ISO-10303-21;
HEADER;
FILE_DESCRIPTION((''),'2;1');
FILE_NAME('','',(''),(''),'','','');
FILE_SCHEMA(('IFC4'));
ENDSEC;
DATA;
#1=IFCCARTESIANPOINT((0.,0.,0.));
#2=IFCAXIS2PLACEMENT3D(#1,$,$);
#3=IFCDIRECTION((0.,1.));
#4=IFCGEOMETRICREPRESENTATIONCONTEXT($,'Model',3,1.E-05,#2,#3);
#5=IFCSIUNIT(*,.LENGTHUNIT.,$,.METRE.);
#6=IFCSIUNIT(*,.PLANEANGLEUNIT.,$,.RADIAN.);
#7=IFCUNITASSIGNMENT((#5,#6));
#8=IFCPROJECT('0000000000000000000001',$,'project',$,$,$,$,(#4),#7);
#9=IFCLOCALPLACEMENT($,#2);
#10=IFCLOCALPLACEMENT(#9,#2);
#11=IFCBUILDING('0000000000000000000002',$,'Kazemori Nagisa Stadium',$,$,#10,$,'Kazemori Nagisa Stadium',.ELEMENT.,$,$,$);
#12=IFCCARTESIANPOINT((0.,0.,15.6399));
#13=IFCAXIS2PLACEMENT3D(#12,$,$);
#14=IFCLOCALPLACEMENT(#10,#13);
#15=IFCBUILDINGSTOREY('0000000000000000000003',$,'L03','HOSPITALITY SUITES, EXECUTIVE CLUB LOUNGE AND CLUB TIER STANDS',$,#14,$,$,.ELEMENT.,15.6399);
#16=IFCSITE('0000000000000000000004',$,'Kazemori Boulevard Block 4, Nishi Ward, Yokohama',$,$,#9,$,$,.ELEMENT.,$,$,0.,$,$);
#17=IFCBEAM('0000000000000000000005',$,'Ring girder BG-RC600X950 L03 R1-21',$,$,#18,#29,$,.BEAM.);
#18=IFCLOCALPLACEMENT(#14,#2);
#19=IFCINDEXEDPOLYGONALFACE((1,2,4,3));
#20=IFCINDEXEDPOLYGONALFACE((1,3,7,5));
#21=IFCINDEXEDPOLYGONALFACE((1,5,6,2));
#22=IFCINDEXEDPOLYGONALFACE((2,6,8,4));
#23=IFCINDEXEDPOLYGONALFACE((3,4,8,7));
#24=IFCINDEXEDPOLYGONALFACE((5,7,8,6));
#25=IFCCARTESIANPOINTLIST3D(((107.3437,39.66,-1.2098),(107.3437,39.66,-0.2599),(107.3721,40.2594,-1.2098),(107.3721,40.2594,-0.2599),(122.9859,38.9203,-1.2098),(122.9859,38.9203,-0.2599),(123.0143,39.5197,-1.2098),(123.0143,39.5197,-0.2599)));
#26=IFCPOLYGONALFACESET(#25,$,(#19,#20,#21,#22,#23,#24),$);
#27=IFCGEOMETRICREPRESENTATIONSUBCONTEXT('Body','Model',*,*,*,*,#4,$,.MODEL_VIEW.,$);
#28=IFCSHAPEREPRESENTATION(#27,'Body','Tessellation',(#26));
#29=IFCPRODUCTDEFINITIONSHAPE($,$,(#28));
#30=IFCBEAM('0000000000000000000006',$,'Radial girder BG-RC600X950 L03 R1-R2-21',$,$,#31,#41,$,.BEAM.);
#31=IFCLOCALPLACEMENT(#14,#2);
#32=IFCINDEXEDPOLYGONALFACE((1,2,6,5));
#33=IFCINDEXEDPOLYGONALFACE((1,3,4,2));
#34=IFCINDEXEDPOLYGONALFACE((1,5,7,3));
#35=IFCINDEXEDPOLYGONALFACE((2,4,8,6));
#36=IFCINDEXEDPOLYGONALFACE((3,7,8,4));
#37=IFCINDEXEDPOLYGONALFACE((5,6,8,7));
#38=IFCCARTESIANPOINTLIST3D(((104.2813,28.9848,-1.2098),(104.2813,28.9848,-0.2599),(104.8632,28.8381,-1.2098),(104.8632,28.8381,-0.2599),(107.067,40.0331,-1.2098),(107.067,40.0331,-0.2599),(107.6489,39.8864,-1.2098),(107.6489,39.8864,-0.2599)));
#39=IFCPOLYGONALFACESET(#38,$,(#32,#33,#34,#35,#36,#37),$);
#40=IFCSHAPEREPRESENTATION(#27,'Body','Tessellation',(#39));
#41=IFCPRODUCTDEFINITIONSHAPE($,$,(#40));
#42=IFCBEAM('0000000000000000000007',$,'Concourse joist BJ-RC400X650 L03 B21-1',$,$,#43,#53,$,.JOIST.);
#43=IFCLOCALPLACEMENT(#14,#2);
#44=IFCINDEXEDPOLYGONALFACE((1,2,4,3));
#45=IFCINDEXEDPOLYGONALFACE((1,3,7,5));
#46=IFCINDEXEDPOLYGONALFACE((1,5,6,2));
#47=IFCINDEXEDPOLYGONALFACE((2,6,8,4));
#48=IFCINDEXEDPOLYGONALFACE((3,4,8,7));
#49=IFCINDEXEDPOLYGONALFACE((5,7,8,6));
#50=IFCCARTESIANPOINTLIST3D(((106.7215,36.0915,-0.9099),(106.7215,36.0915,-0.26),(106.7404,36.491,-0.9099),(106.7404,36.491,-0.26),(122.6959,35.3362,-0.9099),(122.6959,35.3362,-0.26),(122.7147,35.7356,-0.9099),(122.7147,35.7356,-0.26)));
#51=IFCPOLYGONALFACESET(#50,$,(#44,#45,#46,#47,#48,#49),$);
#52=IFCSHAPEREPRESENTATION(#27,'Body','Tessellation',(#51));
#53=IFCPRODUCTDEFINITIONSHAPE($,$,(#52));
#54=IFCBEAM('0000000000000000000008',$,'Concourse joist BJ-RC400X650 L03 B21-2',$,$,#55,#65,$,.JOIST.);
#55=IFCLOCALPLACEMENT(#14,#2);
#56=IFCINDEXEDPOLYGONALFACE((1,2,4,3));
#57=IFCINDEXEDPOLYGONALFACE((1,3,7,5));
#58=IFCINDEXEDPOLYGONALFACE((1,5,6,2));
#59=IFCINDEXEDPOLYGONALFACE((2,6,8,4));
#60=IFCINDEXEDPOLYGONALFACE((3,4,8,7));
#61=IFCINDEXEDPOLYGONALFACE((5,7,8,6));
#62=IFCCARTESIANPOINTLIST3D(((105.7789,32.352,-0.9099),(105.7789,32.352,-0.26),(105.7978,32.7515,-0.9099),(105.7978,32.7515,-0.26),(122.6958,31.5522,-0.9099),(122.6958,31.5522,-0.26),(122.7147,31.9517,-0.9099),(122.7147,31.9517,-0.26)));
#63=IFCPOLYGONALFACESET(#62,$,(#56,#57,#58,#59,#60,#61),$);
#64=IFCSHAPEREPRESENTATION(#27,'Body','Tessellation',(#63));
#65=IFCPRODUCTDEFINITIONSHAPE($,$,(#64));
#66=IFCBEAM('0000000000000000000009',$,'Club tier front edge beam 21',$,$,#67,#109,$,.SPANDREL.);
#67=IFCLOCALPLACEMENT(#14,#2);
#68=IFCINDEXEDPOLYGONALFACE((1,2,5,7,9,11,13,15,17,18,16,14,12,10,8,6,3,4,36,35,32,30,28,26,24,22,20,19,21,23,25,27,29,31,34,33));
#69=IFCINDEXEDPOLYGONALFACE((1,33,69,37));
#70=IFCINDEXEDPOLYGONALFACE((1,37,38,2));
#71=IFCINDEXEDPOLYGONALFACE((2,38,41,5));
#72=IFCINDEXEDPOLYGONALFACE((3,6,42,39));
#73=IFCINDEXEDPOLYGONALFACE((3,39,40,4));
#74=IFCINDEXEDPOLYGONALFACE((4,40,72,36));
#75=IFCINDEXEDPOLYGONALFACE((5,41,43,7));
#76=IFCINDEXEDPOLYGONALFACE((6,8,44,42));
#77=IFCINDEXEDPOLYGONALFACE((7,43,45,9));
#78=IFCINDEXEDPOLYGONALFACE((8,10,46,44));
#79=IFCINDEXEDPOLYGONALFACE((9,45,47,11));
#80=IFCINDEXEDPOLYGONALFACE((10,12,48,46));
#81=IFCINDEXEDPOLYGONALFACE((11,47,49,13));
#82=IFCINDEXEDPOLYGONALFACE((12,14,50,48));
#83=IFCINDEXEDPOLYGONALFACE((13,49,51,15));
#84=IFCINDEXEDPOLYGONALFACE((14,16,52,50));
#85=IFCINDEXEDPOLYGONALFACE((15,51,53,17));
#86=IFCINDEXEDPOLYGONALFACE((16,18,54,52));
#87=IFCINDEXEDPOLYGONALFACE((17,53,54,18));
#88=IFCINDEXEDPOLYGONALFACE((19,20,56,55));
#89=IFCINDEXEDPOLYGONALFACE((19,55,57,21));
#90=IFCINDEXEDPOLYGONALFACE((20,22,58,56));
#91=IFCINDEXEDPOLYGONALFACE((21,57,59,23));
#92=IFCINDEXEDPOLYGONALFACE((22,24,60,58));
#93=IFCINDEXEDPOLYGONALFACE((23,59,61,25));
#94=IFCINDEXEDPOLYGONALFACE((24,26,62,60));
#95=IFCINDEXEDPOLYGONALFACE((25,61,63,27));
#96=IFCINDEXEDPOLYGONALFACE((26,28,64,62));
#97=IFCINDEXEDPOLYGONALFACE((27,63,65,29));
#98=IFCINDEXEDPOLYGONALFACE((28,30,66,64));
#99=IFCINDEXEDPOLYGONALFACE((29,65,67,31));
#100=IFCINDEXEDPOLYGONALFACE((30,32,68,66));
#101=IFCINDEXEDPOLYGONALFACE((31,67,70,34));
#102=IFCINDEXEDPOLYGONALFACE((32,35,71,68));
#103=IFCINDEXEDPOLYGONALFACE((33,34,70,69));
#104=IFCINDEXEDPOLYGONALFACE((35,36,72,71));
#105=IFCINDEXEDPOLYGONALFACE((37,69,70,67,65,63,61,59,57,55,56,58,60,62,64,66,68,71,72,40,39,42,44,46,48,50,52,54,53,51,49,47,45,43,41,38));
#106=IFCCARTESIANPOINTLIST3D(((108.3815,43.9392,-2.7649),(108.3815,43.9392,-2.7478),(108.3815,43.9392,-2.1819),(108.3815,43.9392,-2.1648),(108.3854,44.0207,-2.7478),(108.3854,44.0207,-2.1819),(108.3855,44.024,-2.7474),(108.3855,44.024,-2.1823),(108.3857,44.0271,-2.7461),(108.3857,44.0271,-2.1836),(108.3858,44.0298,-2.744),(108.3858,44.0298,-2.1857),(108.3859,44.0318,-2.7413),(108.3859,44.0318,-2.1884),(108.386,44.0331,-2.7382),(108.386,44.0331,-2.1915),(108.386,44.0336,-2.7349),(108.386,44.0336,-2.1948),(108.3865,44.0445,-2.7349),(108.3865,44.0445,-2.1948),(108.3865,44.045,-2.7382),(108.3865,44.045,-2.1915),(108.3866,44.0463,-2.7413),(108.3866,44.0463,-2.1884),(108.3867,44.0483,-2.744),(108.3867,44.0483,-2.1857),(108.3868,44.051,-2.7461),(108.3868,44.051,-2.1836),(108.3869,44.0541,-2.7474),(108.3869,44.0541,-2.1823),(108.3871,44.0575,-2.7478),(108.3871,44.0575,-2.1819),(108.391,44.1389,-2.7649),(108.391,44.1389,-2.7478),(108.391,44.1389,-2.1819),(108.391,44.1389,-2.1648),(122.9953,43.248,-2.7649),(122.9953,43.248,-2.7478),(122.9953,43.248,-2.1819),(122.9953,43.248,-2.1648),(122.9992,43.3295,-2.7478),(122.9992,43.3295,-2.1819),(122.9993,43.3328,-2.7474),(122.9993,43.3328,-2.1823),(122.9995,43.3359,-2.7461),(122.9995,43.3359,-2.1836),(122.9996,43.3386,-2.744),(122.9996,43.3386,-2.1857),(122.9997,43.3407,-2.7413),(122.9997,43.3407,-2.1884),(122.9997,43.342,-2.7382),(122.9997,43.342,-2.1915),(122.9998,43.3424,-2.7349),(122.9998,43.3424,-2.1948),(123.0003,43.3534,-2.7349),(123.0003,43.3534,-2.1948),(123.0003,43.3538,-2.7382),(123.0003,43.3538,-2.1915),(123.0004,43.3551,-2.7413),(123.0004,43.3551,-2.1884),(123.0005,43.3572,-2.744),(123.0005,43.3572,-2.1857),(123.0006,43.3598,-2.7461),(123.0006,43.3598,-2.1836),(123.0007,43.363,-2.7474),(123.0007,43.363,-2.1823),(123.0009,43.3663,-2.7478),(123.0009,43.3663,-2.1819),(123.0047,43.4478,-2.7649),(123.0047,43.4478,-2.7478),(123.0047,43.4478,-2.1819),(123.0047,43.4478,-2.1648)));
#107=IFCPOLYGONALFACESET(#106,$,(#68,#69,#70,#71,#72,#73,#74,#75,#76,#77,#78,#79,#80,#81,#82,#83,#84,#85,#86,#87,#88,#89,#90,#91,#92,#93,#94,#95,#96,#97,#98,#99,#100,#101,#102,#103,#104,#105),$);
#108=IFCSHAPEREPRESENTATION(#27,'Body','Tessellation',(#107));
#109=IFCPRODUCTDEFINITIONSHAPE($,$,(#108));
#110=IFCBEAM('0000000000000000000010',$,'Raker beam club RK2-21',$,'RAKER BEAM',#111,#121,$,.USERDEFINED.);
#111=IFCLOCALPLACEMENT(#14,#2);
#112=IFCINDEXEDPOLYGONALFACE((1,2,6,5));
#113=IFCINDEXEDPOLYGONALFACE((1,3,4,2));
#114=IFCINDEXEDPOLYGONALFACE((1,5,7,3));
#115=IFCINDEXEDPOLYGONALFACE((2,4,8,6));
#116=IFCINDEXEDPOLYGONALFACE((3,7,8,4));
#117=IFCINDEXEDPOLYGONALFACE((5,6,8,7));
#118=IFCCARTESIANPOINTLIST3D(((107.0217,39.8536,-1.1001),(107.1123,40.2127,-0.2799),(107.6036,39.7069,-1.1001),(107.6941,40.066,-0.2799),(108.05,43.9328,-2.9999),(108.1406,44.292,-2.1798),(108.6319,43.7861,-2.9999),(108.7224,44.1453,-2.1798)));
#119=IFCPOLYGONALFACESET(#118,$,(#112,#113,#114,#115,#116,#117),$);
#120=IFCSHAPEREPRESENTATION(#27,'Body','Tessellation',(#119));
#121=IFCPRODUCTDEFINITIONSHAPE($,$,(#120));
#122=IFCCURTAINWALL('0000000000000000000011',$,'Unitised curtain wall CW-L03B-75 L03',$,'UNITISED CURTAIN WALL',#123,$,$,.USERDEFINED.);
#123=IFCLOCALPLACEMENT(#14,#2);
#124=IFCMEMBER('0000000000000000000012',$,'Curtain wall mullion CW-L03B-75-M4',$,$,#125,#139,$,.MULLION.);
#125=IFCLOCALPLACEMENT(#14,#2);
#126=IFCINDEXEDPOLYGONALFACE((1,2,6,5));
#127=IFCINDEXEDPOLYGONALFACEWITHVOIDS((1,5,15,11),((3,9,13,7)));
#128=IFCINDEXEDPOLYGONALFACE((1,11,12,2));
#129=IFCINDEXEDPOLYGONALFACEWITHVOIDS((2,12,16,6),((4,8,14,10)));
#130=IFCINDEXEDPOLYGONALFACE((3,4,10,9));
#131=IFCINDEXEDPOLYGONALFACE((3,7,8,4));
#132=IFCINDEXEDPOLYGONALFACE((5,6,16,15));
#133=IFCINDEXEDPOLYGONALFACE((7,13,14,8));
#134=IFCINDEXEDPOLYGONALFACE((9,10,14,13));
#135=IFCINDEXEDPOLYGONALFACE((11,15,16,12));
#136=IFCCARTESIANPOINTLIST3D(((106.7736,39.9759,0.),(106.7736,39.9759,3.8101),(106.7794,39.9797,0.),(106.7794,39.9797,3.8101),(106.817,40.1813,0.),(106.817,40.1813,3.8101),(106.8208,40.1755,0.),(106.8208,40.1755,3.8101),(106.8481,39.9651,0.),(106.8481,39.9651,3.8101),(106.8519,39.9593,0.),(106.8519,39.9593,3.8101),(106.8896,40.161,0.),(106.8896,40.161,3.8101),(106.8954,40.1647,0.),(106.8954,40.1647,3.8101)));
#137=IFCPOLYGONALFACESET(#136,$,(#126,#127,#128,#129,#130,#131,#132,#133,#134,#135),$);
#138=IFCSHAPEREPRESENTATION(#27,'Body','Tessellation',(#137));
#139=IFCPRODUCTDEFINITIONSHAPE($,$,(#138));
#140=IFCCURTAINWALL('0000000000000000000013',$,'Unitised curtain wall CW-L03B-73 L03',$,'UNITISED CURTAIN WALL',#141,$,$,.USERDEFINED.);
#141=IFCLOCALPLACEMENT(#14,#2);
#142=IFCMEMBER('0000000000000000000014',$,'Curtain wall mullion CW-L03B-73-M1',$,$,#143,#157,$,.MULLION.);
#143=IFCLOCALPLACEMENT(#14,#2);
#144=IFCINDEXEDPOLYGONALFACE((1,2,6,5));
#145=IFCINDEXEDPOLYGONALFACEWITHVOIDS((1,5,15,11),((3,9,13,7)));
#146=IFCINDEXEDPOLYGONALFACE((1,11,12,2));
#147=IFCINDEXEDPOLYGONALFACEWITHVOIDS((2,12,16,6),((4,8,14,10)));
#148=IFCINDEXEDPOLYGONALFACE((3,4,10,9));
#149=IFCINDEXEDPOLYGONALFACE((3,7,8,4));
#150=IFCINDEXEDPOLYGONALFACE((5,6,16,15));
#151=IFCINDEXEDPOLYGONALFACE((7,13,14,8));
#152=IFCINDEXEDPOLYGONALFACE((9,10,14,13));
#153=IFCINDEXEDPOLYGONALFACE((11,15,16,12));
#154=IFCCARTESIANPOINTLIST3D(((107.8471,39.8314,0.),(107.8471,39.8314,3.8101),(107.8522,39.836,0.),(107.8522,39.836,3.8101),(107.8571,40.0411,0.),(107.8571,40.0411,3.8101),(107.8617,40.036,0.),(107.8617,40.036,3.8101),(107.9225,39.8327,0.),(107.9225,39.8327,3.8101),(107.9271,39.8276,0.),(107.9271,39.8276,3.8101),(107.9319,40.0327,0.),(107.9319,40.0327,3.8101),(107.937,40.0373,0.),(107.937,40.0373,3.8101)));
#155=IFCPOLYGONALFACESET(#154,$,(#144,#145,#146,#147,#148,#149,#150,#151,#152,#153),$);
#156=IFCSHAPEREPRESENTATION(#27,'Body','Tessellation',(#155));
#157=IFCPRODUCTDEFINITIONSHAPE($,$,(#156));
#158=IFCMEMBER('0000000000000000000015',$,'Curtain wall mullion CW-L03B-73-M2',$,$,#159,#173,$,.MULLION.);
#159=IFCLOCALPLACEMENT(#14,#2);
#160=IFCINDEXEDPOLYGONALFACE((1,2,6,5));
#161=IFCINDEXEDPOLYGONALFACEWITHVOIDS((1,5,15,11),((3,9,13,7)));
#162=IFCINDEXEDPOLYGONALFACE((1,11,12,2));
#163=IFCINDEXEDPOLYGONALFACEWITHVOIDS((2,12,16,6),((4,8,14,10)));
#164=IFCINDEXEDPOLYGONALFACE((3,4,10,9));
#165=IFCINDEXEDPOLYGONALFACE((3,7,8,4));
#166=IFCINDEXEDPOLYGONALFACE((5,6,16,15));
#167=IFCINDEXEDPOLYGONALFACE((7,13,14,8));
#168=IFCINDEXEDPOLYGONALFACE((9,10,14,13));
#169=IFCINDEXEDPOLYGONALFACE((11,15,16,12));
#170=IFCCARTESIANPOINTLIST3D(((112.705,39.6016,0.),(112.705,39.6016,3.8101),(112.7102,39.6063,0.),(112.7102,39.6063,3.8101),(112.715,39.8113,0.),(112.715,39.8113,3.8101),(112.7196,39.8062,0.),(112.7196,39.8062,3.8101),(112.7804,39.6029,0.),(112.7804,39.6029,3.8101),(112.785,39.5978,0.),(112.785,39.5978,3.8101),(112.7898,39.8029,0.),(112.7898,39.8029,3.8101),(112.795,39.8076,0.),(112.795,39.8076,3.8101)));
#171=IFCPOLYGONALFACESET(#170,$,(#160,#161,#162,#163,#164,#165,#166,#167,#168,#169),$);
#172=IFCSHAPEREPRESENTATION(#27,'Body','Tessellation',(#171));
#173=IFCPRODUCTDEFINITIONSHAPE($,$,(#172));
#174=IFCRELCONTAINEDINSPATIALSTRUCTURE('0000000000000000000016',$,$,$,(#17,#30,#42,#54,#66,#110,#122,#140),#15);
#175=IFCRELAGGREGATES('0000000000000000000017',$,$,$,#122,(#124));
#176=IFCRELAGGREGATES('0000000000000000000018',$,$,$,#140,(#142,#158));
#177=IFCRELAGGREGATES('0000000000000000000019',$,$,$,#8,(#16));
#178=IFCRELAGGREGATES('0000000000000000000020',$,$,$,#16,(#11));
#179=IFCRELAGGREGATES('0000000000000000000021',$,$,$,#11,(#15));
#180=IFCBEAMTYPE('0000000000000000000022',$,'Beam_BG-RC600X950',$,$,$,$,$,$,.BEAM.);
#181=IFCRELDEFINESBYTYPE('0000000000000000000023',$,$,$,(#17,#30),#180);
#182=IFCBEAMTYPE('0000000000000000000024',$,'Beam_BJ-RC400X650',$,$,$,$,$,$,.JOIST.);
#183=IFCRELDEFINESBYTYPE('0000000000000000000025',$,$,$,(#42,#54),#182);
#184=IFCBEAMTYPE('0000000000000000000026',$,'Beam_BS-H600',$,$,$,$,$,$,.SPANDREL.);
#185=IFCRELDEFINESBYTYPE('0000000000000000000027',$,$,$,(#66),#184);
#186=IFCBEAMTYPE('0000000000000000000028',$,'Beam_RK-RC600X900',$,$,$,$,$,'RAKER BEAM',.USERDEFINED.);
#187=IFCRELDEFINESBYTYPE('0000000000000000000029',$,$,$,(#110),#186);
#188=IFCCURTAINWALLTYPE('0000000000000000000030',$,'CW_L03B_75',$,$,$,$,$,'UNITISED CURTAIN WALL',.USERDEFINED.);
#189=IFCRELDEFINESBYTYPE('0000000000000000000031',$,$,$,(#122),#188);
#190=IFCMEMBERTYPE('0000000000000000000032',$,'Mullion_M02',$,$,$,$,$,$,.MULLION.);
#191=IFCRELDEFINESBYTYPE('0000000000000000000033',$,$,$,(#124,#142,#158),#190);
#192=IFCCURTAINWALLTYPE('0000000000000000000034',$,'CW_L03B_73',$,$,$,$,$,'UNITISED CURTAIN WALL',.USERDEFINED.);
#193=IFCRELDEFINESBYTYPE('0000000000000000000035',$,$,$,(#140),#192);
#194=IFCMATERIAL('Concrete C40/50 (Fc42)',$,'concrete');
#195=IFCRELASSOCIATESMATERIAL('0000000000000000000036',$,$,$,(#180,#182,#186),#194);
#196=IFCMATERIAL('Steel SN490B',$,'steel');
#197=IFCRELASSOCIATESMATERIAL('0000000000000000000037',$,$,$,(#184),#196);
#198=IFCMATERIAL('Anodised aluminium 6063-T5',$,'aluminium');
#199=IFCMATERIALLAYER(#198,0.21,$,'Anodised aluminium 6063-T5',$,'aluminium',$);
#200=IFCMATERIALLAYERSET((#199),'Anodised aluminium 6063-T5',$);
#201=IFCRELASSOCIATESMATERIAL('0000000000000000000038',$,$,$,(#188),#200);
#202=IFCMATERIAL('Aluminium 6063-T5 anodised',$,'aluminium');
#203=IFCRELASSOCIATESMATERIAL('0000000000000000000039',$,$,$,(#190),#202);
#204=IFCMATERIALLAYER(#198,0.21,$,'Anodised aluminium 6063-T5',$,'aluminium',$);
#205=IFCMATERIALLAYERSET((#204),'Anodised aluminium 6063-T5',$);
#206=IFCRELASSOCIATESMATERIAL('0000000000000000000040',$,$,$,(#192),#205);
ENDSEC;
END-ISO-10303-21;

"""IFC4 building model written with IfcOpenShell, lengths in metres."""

from ifc_helpers import new_model, si_unit, direction, frame, origin, origin_2d, place, context, subcontext, project, spatial, rectangle, hollow_rectangle, i_section, extrude, material, layer, layer_set, material_profile, profile_set, type_object, element, aggregate, save


model = new_model("IFC4")

# Units and contexts
model_context = context("Model", 3, precision=1e-05, world=origin(), true_north=direction((0.0, 1.0)))
body_context = subcontext(model_context, "Body", "Model", "MODEL_VIEW")
ifc_project = project(units=[si_unit("LENGTHUNIT", "METRE"), si_unit("PLANEANGLEUNIT", "RADIAN")], contexts=[model_context])

# Site, building, storey
site_placement = place(None, origin())
site = spatial("IfcSite", under=ifc_project, at=site_placement, Name="Kazemori Boulevard Block 4, Nishi Ward, Yokohama", CompositionType="ELEMENT", RefElevation=0.0)
building_placement = place(site_placement, origin())
building = spatial("IfcBuilding", under=site, at=building_placement, Name="Kazemori Nagisa Stadium", LongName="Kazemori Nagisa Stadium", CompositionType="ELEMENT")
storey_placement = place(building_placement, frame((0.0, 0.0, 15.6399)))
storey = spatial("IfcBuildingStorey", under=building, at=storey_placement, Name="L03", Description="HOSPITALITY SUITES, EXECUTIVE CLUB LOUNGE AND CLUB TIER STANDS", CompositionType="ELEMENT", Elevation=15.6399)

# Shared definitions
ifc_material_1 = material(Name="Concrete C40/50 (Fc42)", Category="concrete")

# Beams
ifc_material_profile_1 = material_profile(ifc_material_1, rectangle(XDim=0.6001, YDim=0.95, at=origin_2d()), Name="RC-BM-600x950")
ifc_profile_set_1 = profile_set([ifc_material_profile_1], Name="Concrete C40/50 (Fc42)")
beam_type_1 = type_object("IfcBeamType", Name="Beam_BG-RC600X950", PredefinedType="BEAM", material=ifc_profile_set_1)
beam_1_placement = place(storey_placement, frame((107.3579, 39.9597, -0.7349), z_axis=(0.998884, -0.047239, 0.0), x_axis=(0.047239, 0.998884, 0.0)))
element("IfcBeam", 1, at=beam_1_placement, inside=storey, type_object=beam_type_1, Name="Ring girder BG-RC600X950 L03 R1-21", PredefinedType="BEAM", context=body_context, shape_type="SweptSolid", body=[
    extrude(rectangle(XDim=0.6001, YDim=0.95, at=origin_2d()), origin(), (0.0, 0.0, 1.0), 15.6597),
])
beam_2_placement = place(storey_placement, frame((107.3579, 39.9597, -0.7349), z_axis=(-0.244481, -0.969654, 0.0), x_axis=(0.969654, -0.244481, 0.0)))
element("IfcBeam", 2, at=beam_2_placement, inside=storey, type_object=beam_type_1, Name="Radial girder BG-RC600X950 L03 R1-R2-21", PredefinedType="BEAM", context=body_context, shape_type="SweptSolid", body=[
    extrude(rectangle(XDim=0.6001, YDim=0.95, at=origin_2d()), origin(), (0.0, 0.0, 1.0), 11.394),
])
ifc_material_profile_2 = material_profile(ifc_material_1, rectangle(XDim=0.3999, YDim=0.6499, at=origin_2d()), Name="RC-BM-400x650")
ifc_profile_set_2 = profile_set([ifc_material_profile_2], Name="Concrete C40/50 (Fc42)")
beam_type_2 = type_object("IfcBeamType", Name="Beam_BJ-RC400X650", PredefinedType="JOIST", material=ifc_profile_set_2)
beam_3_placement = place(storey_placement, frame((106.731, 36.2913, -0.585), z_axis=(0.998884, -0.047234, 0.0), x_axis=(0.047234, 0.998884, 0.0)))
element("IfcBeam", 3, at=beam_3_placement, inside=storey, type_object=beam_type_2, Name="Concourse joist BJ-RC400X650 L03 B21-1", PredefinedType="JOIST", context=body_context, shape_type="SweptSolid", body=[
    extrude(rectangle(XDim=0.3999, YDim=0.6499, at=origin_2d()), origin(), (0.0, 0.0, 1.0), 15.9922),
])
beam_4_placement = place(storey_placement, frame((105.7883, 32.5518, -0.585), z_axis=(0.998884, -0.047225, 0.0), x_axis=(0.047225, 0.998884, 0.0)))
element("IfcBeam", 4, at=beam_4_placement, inside=storey, type_object=beam_type_2, Name="Concourse joist BJ-RC400X650 L03 B21-2", PredefinedType="JOIST", context=body_context, shape_type="SweptSolid", body=[
    extrude(rectangle(XDim=0.3999, YDim=0.6499, at=origin_2d()), origin(), (0.0, 0.0, 1.0), 16.9358),
])
ifc_material_2 = material(Name="Steel SN490B", Category="steel")
ifc_material_profile_3 = material_profile(ifc_material_2, i_section(OverallWidth=0.2, OverallDepth=0.6001, WebThickness=0.011, FlangeThickness=0.0171, FilletRadius=0.0129, at=origin_2d()), Name="H-600x200x11x17")
ifc_profile_set_3 = profile_set([ifc_material_profile_3], Name="Steel SN490B")
beam_type_3 = type_object("IfcBeamType", Name="Beam_BS-H600", PredefinedType="SPANDREL", material=ifc_profile_set_3)
beam_5_placement = place(storey_placement, frame((108.3862, 44.0391, -2.4648), z_axis=(0.998883, -0.047242, 0.0), x_axis=(0.047242, 0.998883, 0.0)))
element("IfcBeam", 5, at=beam_5_placement, inside=storey, type_object=beam_type_3, Name="Club tier front edge beam 21", PredefinedType="SPANDREL", context=body_context, shape_type="SweptSolid", body=[
    extrude(i_section(OverallWidth=0.2, OverallDepth=0.6001, WebThickness=0.011, FlangeThickness=0.0171, FilletRadius=0.0129, at=origin_2d()), origin(), (0.0, 0.0, 1.0), 14.6301),
])
ifc_material_profile_4 = material_profile(ifc_material_1, rectangle(XDim=0.6001, YDim=0.8999, at=origin_2d()), Name="RC-RK-600x900")
ifc_profile_set_4 = profile_set([ifc_material_profile_4], Name="Concrete C40/50 (Fc42)")
beam_type_4 = type_object("IfcBeamType", Name="Beam_RK-RC600X900", ElementType="RAKER BEAM", PredefinedType="USERDEFINED", material=ifc_profile_set_4)
beam_6_placement = place(storey_placement, frame((108.3862, 44.0391, -2.5898), z_axis=(-0.222769, -0.883726, 0.411584), x_axis=(0.969666, -0.244433, 0.0)))
element("IfcBeam", 6, at=beam_6_placement, inside=storey, type_object=beam_type_4, Name="Raker beam club RK2-21", ObjectType="RAKER BEAM", PredefinedType="USERDEFINED", context=body_context, shape_type="SweptSolid", body=[
    extrude(rectangle(XDim=0.6001, YDim=0.8999, at=origin_2d()), origin(), (0.0, 0.0, 1.0), 4.616),
])

# Curtain wall, member
ifc_material_3 = material(Name="Anodised aluminium 6063-T5", Category="aluminium")
ifc_layer_1 = layer(ifc_material_3, 0.21, Name="Anodised aluminium 6063-T5", Category="aluminium")
ifc_layer_set_1 = layer_set([ifc_layer_1], Name="Anodised aluminium 6063-T5")
curtain_wall_type_1 = type_object("IfcCurtainWallType", Name="CW_L03B_75", ElementType="UNITISED CURTAIN WALL", PredefinedType="USERDEFINED", material=ifc_layer_set_1)
curtain_wall_1_placement = place(storey_placement, origin())
curtain_wall_1 = element("IfcCurtainWall", 7, at=curtain_wall_1_placement, inside=storey, type_object=curtain_wall_type_1, Name="Unitised curtain wall CW-L03B-75 L03", ObjectType="UNITISED CURTAIN WALL", PredefinedType="USERDEFINED")
ifc_material_4 = material(Name="Aluminium 6063-T5 anodised", Category="aluminium")
ifc_material_profile_5 = material_profile(ifc_material_4, hollow_rectangle(XDim=0.0801, YDim=0.21, WallThickness=0.0049, at=origin_2d()), Name="ALU-MULL-80x210x5")
ifc_profile_set_5 = profile_set([ifc_material_profile_5], Name="Aluminium 6063-T5 anodised")
member_type_1 = type_object("IfcMemberType", Name="Mullion_M02", PredefinedType="MULLION", material=ifc_profile_set_5)
member_1_placement = place(storey_placement, frame((106.8345, 40.0703, 0.0), z_axis=(0.0, 0.0, 1.0), x_axis=(0.978345, -0.206981, 0.0)))
member_1 = element("IfcMember", 8, at=member_1_placement, type_object=member_type_1, Name="Curtain wall mullion CW-L03B-75-M4", PredefinedType="MULLION", context=body_context, shape_type="SweptSolid", body=[
    extrude(hollow_rectangle(XDim=0.0801, YDim=0.21, WallThickness=0.0049, at=origin_2d()), origin(), (0.0, 0.0, 1.0), 3.8101),
])
aggregate(curtain_wall_1, [member_1])

# Curtain wall, members
ifc_layer_2 = layer(ifc_material_3, 0.21, Name="Anodised aluminium 6063-T5", Category="aluminium")
ifc_layer_set_2 = layer_set([ifc_layer_2], Name="Anodised aluminium 6063-T5")
curtain_wall_type_2 = type_object("IfcCurtainWallType", Name="CW_L03B_73", ElementType="UNITISED CURTAIN WALL", PredefinedType="USERDEFINED", material=ifc_layer_set_2)
curtain_wall_2_placement = place(storey_placement, origin())
curtain_wall_2 = element("IfcCurtainWall", 9, at=curtain_wall_2_placement, inside=storey, type_object=curtain_wall_type_2, Name="Unitised curtain wall CW-L03B-73 L03", ObjectType="UNITISED CURTAIN WALL", PredefinedType="USERDEFINED")
member_2_placement = place(storey_placement, frame((107.8921, 39.9343, 0.0), z_axis=(0.0, 0.0, 1.0), x_axis=(0.998884, -0.04723, 0.0)))
member_2 = element("IfcMember", 10, at=member_2_placement, type_object=member_type_1, Name="Curtain wall mullion CW-L03B-73-M1", PredefinedType="MULLION", context=body_context, shape_type="SweptSolid", body=[
    extrude(hollow_rectangle(XDim=0.0801, YDim=0.21, WallThickness=0.0049, at=origin_2d()), origin(), (0.0, 0.0, 1.0), 3.8101),
])
member_3_placement = place(storey_placement, frame((112.75, 39.7046, 0.0), z_axis=(0.0, 0.0, 1.0), x_axis=(0.998884, -0.04723, 0.0)))
member_3 = element("IfcMember", 11, at=member_3_placement, type_object=member_type_1, Name="Curtain wall mullion CW-L03B-73-M2", PredefinedType="MULLION", context=body_context, shape_type="SweptSolid", body=[
    extrude(hollow_rectangle(XDim=0.0801, YDim=0.21, WallThickness=0.0049, at=origin_2d()), origin(), (0.0, 0.0, 1.0), 3.8101),
])
aggregate(curtain_wall_2, [member_2, member_3])

save(model, "model.ifc")
